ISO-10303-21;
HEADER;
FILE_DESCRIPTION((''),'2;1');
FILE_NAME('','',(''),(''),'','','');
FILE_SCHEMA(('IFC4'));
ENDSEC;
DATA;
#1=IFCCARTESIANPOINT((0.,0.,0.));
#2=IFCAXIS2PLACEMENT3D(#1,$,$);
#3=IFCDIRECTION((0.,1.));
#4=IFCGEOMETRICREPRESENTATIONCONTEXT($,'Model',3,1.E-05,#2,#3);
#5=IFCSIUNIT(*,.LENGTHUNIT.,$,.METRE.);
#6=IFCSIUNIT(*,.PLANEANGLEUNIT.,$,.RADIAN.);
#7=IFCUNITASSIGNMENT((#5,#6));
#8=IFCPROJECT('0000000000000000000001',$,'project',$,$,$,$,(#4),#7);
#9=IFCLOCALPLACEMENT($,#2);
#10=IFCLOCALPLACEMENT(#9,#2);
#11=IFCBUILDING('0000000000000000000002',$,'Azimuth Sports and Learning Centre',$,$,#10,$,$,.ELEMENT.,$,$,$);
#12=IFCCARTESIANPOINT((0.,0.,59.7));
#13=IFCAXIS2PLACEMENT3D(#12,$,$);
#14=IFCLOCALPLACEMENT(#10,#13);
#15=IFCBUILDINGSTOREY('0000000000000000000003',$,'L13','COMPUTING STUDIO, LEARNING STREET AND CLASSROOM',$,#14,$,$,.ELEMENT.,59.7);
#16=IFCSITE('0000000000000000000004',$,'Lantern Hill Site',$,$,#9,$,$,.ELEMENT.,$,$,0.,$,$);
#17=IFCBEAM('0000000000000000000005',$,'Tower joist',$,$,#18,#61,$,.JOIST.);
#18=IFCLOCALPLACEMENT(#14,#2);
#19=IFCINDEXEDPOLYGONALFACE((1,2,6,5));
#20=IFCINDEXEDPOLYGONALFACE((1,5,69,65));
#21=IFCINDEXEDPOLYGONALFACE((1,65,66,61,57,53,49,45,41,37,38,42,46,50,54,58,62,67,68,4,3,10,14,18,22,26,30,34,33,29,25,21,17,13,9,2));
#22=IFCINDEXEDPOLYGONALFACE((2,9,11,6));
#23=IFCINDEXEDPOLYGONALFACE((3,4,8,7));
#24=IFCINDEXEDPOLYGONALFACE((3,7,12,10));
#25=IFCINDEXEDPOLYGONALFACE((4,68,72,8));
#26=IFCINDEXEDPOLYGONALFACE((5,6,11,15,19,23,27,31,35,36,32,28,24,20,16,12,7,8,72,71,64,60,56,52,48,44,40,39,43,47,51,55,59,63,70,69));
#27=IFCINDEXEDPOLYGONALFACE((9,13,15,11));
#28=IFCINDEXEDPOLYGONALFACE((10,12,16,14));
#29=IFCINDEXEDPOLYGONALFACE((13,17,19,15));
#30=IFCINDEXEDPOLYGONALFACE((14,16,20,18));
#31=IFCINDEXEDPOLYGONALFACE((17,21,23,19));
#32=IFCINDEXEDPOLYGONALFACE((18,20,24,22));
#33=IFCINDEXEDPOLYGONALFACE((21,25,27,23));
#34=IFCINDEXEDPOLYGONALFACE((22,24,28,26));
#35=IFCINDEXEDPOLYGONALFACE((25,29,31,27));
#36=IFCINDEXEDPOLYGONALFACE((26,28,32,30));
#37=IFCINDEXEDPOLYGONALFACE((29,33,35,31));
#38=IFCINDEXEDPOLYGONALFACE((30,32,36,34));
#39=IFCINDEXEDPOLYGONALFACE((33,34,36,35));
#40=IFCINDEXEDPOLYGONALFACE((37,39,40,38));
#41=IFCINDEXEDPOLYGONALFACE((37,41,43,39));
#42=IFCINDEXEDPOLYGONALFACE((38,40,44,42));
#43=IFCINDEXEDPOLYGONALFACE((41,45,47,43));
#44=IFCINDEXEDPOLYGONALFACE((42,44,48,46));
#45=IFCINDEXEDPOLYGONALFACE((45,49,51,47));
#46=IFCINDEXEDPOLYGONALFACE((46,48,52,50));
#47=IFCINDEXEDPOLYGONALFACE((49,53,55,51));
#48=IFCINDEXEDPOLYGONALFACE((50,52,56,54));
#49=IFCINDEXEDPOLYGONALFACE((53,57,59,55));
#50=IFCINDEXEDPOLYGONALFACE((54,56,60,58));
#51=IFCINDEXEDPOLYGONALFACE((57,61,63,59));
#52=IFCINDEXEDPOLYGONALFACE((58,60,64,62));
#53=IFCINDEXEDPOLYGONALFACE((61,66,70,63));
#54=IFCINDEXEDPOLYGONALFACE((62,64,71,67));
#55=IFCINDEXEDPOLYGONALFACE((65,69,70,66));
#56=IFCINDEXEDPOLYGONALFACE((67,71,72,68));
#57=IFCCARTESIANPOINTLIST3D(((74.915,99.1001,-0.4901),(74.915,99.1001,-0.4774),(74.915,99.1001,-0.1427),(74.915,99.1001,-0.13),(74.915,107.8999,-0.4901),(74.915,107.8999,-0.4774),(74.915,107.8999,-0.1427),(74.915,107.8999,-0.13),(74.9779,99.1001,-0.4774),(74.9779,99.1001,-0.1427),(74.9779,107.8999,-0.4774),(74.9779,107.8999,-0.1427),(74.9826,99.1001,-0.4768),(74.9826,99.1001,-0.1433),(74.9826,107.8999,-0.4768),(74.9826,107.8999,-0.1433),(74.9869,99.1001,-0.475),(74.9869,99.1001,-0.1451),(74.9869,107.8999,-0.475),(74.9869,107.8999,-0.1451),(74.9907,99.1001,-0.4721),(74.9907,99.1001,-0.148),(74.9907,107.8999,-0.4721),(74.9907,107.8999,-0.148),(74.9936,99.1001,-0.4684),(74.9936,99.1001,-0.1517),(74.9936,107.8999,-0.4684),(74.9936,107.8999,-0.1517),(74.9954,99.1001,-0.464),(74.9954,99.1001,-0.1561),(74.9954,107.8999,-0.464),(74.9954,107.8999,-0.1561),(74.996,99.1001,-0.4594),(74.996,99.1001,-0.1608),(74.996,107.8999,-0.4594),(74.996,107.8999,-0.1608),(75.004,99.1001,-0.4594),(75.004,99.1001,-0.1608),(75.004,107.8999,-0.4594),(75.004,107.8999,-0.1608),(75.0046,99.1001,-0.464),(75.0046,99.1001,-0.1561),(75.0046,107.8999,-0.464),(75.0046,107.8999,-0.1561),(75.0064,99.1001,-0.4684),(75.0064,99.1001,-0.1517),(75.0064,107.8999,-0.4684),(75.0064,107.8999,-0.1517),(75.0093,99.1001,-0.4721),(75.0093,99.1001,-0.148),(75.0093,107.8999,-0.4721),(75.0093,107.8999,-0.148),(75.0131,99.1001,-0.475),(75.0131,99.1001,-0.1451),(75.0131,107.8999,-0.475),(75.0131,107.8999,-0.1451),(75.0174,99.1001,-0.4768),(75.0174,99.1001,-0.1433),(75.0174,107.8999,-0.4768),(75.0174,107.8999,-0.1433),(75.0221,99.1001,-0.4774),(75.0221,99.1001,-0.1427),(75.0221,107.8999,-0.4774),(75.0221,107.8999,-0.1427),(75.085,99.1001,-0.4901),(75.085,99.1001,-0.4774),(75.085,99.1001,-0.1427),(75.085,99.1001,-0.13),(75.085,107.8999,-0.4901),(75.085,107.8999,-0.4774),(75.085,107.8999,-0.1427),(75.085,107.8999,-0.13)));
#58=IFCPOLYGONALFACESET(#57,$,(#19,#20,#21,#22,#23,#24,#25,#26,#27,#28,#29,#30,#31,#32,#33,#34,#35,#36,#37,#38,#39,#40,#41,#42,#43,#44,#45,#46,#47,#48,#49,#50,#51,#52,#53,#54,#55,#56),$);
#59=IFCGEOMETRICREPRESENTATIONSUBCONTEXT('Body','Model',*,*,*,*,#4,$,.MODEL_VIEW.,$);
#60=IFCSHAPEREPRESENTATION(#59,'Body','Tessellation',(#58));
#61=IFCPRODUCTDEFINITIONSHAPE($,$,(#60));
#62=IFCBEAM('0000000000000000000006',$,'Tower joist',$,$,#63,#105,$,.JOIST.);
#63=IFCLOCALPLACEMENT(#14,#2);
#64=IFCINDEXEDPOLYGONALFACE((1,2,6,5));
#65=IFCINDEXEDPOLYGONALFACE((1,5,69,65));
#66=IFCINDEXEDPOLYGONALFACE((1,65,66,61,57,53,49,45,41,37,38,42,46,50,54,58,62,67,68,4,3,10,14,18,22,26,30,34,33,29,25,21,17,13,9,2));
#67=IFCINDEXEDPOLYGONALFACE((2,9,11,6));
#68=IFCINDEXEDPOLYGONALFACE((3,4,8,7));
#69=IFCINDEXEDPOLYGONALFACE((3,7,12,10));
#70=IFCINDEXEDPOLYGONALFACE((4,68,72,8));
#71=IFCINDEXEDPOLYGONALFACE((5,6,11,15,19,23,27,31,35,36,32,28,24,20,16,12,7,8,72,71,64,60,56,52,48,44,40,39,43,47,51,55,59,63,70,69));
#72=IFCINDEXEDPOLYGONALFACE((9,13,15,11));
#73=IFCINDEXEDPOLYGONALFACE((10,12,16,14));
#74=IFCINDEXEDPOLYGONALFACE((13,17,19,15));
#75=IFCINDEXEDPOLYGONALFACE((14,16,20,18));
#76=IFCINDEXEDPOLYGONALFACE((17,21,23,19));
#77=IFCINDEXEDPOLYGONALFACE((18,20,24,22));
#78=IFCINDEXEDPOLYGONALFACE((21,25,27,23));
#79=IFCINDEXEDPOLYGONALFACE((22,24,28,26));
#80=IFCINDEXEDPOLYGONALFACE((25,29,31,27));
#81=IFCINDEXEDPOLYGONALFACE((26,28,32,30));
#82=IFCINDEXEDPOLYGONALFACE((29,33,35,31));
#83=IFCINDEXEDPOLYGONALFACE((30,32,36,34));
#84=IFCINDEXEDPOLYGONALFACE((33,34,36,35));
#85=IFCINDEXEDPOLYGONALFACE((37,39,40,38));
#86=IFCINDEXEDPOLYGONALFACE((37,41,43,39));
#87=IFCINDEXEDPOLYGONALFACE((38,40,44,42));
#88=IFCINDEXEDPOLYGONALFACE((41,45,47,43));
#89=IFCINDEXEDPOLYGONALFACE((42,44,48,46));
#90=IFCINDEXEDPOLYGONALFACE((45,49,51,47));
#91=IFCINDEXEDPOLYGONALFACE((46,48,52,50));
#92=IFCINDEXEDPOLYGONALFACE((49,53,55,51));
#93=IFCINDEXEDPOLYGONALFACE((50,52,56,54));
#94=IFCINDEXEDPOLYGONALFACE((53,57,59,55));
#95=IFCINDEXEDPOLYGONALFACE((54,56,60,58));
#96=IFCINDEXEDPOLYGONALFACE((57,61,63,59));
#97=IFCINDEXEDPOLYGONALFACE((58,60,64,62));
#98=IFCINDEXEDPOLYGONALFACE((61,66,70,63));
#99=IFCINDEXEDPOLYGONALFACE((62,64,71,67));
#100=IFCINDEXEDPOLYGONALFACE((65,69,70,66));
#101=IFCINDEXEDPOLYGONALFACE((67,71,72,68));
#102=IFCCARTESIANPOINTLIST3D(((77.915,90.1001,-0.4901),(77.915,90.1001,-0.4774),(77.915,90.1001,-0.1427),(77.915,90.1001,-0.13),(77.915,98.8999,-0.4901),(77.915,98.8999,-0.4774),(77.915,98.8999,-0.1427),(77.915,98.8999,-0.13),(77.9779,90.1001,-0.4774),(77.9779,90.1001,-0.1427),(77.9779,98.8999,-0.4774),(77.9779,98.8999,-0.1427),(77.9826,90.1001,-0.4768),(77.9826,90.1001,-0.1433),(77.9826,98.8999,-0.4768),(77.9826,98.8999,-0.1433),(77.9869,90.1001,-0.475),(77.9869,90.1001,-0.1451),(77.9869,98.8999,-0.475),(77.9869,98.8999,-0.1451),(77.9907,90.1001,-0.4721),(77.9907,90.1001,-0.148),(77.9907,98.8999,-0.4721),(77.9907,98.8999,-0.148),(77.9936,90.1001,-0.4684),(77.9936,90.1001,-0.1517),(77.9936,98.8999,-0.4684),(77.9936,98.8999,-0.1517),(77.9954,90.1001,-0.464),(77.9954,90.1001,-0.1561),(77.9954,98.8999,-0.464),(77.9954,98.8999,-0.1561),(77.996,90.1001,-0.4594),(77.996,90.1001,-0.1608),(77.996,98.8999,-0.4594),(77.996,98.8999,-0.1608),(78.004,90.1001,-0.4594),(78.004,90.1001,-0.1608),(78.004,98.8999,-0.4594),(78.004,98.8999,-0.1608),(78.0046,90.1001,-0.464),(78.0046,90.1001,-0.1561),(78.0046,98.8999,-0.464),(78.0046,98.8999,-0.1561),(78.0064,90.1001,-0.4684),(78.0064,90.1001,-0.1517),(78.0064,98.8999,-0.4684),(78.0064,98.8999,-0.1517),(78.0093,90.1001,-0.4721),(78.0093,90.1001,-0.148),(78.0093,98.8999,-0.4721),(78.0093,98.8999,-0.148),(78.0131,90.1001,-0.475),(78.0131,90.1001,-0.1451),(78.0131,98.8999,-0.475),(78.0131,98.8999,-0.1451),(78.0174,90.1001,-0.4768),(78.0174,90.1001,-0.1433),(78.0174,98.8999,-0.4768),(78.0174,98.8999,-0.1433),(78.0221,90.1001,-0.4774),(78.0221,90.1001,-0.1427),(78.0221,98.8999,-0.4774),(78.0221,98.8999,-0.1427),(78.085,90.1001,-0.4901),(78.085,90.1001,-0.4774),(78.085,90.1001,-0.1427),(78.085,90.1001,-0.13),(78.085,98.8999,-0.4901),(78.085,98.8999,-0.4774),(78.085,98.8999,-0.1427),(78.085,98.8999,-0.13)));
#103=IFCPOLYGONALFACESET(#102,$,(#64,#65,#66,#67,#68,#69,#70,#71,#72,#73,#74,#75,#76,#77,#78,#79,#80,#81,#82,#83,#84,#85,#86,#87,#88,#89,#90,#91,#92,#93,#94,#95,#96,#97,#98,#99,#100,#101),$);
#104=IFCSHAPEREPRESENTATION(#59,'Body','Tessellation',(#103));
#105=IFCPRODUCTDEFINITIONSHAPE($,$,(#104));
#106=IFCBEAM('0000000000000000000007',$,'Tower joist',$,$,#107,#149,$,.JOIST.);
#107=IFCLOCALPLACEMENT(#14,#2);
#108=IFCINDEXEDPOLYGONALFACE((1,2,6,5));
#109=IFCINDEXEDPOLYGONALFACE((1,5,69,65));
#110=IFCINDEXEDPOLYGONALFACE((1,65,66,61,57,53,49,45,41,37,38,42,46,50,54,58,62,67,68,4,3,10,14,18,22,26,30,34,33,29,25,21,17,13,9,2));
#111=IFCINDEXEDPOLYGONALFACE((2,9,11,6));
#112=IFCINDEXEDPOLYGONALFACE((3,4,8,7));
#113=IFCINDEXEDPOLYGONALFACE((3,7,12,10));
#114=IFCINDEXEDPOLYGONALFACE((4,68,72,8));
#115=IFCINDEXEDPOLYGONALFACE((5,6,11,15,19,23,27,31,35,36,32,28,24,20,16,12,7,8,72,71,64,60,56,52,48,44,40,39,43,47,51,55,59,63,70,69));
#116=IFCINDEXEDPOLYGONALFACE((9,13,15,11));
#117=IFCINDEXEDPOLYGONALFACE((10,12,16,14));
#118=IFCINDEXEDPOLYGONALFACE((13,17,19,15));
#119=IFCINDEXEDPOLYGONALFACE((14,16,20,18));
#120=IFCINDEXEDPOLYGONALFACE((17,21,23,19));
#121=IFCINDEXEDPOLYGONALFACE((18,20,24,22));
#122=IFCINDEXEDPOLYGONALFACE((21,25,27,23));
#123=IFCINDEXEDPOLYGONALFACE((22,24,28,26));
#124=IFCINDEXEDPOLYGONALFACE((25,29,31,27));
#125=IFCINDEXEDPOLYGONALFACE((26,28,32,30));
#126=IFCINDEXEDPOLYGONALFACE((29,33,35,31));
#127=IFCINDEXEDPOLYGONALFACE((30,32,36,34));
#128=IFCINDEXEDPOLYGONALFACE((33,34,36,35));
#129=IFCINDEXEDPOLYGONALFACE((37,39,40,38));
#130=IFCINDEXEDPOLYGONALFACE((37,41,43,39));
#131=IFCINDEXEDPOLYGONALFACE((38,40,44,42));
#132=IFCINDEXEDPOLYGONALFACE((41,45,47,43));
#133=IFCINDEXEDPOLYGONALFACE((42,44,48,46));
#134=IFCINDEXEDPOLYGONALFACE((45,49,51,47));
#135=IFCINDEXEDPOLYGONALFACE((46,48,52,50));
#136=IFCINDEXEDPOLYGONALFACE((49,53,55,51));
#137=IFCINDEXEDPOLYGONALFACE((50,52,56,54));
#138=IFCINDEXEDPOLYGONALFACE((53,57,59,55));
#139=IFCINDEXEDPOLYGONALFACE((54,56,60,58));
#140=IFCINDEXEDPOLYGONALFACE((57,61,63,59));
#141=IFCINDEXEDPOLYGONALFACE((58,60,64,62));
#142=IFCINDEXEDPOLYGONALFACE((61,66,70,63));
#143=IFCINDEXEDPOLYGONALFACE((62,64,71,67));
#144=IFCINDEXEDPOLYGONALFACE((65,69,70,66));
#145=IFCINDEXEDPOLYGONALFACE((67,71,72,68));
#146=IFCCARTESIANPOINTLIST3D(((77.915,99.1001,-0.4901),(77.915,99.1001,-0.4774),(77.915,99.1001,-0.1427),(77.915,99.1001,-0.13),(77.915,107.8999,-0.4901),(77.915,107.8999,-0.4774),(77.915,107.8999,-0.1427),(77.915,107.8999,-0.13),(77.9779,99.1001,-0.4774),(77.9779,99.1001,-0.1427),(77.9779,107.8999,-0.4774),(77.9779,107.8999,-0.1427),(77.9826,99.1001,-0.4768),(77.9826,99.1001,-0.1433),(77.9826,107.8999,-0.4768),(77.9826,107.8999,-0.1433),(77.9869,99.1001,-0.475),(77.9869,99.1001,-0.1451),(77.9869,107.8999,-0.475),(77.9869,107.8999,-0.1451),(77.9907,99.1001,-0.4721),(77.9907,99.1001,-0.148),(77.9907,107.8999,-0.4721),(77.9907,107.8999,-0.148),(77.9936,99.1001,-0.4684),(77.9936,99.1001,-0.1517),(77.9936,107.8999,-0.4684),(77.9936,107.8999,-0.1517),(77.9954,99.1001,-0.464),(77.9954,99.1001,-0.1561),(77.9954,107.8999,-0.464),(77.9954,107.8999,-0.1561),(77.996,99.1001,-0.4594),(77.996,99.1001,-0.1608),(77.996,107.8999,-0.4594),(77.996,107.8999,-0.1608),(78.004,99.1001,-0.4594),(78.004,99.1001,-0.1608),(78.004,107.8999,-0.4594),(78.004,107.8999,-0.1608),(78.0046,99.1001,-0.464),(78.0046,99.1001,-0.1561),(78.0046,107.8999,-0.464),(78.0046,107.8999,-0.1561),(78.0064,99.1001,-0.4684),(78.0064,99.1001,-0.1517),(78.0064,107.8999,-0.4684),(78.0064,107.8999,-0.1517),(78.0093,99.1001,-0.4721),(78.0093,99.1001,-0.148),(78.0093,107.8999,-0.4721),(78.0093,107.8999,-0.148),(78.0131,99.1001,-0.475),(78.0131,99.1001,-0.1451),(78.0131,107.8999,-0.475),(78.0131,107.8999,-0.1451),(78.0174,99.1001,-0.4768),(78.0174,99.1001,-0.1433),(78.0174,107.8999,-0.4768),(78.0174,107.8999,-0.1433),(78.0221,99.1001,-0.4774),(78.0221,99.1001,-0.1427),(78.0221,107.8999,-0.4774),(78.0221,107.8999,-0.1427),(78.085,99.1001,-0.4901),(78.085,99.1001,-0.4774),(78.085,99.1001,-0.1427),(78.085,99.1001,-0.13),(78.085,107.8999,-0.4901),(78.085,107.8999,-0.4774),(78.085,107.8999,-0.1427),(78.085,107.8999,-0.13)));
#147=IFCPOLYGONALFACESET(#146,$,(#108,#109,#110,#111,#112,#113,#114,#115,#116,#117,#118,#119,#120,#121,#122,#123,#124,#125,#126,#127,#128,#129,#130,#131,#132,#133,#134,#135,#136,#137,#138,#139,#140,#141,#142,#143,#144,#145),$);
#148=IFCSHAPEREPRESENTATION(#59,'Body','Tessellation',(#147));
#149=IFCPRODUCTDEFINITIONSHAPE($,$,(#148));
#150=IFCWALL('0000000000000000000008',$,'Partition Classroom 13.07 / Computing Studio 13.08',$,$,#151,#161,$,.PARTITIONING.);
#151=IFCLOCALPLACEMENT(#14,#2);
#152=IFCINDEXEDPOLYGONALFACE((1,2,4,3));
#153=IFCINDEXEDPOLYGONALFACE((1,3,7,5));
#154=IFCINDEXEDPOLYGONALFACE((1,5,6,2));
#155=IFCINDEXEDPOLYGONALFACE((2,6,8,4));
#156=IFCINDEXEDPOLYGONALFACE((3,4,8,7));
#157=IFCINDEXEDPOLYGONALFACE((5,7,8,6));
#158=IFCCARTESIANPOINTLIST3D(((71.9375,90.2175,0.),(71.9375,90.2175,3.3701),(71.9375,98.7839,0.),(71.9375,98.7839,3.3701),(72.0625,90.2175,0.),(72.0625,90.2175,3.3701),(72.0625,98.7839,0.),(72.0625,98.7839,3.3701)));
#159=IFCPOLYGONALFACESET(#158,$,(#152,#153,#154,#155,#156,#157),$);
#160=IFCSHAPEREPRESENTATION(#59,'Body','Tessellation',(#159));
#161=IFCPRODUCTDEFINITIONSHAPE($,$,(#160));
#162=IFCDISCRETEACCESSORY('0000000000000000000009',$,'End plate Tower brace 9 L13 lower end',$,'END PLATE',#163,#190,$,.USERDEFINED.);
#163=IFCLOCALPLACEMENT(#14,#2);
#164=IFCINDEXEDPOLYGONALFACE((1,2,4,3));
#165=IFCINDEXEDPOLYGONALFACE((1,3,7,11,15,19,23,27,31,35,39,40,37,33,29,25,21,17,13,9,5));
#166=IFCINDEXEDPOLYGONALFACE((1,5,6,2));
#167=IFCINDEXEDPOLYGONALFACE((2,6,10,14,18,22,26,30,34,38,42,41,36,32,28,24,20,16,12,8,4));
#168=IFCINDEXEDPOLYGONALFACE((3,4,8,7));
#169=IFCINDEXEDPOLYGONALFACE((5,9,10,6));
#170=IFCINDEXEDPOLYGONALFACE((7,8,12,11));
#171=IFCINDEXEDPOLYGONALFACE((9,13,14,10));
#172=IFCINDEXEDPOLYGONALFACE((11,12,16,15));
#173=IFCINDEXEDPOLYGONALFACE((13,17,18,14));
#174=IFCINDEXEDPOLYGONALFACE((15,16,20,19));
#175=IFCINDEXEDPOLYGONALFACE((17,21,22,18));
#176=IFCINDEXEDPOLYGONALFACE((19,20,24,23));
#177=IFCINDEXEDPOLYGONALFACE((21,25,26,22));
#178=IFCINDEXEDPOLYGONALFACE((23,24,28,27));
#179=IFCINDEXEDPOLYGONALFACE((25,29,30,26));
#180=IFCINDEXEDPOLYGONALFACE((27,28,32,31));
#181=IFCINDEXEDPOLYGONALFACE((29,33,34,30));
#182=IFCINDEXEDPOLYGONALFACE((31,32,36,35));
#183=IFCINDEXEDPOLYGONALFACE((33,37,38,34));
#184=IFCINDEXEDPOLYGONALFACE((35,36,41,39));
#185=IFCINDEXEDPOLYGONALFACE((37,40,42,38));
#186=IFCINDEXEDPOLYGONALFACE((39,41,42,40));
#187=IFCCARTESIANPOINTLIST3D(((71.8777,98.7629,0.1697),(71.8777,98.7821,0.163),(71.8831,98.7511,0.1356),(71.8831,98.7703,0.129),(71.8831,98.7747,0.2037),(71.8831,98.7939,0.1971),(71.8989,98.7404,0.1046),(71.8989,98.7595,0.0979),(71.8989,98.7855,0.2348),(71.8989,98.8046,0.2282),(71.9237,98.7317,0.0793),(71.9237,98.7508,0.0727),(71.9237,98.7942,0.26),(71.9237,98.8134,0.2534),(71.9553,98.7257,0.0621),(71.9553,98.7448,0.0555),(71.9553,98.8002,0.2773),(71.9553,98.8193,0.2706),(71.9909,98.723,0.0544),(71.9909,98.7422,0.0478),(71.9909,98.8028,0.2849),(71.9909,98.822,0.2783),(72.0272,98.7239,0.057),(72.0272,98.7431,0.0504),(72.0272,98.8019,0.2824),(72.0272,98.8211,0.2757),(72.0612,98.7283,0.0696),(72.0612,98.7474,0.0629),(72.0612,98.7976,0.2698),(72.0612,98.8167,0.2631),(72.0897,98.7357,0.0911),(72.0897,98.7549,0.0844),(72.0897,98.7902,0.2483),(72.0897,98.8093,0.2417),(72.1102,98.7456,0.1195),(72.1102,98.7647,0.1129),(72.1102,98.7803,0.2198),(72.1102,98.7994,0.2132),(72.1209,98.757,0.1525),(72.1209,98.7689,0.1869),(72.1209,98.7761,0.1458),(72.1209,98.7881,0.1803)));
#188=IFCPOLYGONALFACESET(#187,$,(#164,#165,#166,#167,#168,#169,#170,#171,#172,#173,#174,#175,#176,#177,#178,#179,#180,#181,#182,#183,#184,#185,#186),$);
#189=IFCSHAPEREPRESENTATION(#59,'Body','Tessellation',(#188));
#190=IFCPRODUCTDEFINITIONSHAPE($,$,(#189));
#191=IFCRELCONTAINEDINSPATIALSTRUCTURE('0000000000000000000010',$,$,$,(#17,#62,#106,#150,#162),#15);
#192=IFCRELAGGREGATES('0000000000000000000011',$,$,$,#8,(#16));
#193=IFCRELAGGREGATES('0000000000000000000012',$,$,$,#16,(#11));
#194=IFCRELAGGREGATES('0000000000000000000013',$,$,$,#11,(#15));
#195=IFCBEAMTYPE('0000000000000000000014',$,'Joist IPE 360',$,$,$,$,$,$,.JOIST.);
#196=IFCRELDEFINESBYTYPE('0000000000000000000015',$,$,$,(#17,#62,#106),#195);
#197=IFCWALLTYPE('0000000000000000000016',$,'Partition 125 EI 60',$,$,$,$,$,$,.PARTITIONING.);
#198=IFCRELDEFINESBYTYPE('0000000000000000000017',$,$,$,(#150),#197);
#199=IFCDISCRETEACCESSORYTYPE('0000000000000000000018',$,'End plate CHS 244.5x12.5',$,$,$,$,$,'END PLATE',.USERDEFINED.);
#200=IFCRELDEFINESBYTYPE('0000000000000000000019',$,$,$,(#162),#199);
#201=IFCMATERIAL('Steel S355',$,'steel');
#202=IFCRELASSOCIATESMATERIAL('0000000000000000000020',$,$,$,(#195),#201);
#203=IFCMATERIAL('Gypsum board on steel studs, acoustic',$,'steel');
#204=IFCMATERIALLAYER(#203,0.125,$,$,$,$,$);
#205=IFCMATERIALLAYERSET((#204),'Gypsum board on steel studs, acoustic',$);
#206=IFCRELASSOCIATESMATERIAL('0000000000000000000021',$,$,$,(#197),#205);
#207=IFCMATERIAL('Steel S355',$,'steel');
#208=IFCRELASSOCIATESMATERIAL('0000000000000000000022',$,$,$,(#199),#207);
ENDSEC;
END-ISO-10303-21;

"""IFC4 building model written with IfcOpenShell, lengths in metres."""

from ifc_helpers import new_model, si_unit, direction, frame, frame_2d, origin, origin_2d, place, context, subcontext, project, spatial, rectangle, circle, i_section, extrude, material, layer, layer_set, material_profile, profile_set, type_object, element, save


model = new_model("IFC4")

# Units and contexts
model_context = context("Model", 3, precision=1e-05, world=origin(), true_north=direction((0.0, 1.0)))
body_context = subcontext(model_context, "Body", "Model", "MODEL_VIEW")
ifc_project = project(units=[si_unit("LENGTHUNIT", "METRE"), si_unit("PLANEANGLEUNIT", "RADIAN")], contexts=[model_context])

# Site, building, storey
site_placement = place(None, origin())
site = spatial("IfcSite", under=ifc_project, at=site_placement, Name="Lantern Hill Site", CompositionType="ELEMENT", RefElevation=0.0)
building_placement = place(site_placement, origin())
building = spatial("IfcBuilding", under=site, at=building_placement, Name="Azimuth Sports and Learning Centre", CompositionType="ELEMENT")
storey_placement = place(building_placement, frame((0.0, 0.0, 59.7)))
storey = spatial("IfcBuildingStorey", under=building, at=storey_placement, Name="L13", Description="COMPUTING STUDIO, LEARNING STREET AND CLASSROOM", CompositionType="ELEMENT", Elevation=59.7)

# Beams
ifc_material_1 = material(Name="Steel S355", Category="steel")
ifc_material_profile_1 = material_profile(ifc_material_1, i_section(OverallWidth=0.1699, OverallDepth=0.3601, WebThickness=0.0081, FlangeThickness=0.0127, FilletRadius=0.0181, at=origin_2d()), Name="IPE 360")
ifc_profile_set_1 = profile_set([ifc_material_profile_1], Name="Steel S355")
beam_type_1 = type_object("IfcBeamType", Name="Joist IPE 360", PredefinedType="JOIST", material=ifc_profile_set_1)
for number, where, z_axis, x_axis, name in (
    (1, (75.0, 99.1001, -0.3101), (0.0, 1.0, 0.0), (-1.0, 0.0, 0.0), "Tower joist"),
    (2, (78.0, 90.1001, -0.3101), (0.0, 1.0, 0.0), (-1.0, 0.0, 0.0), "Tower joist"),
    (3, (78.0, 99.1001, -0.3101), (0.0, 1.0, 0.0), (-1.0, 0.0, 0.0), "Tower joist"),
):
    element("IfcBeam", number, at=place(storey_placement, frame(where, z_axis=z_axis, x_axis=x_axis)), inside=storey, type_object=beam_type_1, Name=name, PredefinedType="JOIST", context=body_context, shape_type="SweptSolid", body=[
        extrude(i_section(OverallWidth=0.1699, OverallDepth=0.3601, WebThickness=0.0081, FlangeThickness=0.0127, FilletRadius=0.0181, at=origin_2d()), origin(), (0.0, 0.0, 1.0), 8.7998),
    ])

# Wall
ifc_material_2 = material(Name="Gypsum board on steel studs, acoustic", Category="steel")
ifc_layer = layer(ifc_material_2, 0.125)
ifc_layer_set = layer_set([ifc_layer], Name="Gypsum board on steel studs, acoustic")
wall_type = type_object("IfcWallType", Name="Partition 125 EI 60", PredefinedType="PARTITIONING", material=ifc_layer_set)
wall_placement = place(storey_placement, frame((72.0, 90.2175, 0.0), z_axis=(0.0, 0.0, 1.0), x_axis=(0.0, 1.0, 0.0)))
element("IfcWall", 4, at=wall_placement, inside=storey, type_object=wall_type, Name="Partition Classroom 13.07 / Computing Studio 13.08", PredefinedType="PARTITIONING", context=body_context, shape_type="SweptSolid", body=[
    extrude(rectangle(XDim=8.5664, YDim=0.125, at=frame_2d((4.2832, 0.0))), origin(), (0.0, 0.0, 1.0), 3.3701),
])

# Discrete accessory
ifc_material_3 = material(Name="Steel S355", Category="steel")
ifc_material_profile_2 = material_profile(ifc_material_3, circle(Radius=0.1223, at=origin_2d()), Name="PL 244 DISC")
ifc_profile_set_2 = profile_set([ifc_material_profile_2], Name="Steel S355")
discrete_accessory_type = type_object("IfcDiscreteAccessoryType", Name="End plate CHS 244.5x12.5", ElementType="END PLATE", PredefinedType="USERDEFINED", material=ifc_profile_set_2)
discrete_accessory_1_placement = place(storey_placement, frame((72.0, 98.7629, 0.1697), z_axis=(0.0, 0.944986, -0.327111), x_axis=(-1.0, 0.0, 0.0)))
element("IfcDiscreteAccessory", 5, at=discrete_accessory_1_placement, inside=storey, type_object=discrete_accessory_type, Name="End plate Tower brace 9 L13 lower end", ObjectType="END PLATE", PredefinedType="USERDEFINED", context=body_context, shape_type="SweptSolid", body=[
    extrude(circle(Radius=0.1223, at=origin_2d()), origin(), (0.0, 0.0, 1.0), 0.0203),
])

save(model, "model.ifc")
